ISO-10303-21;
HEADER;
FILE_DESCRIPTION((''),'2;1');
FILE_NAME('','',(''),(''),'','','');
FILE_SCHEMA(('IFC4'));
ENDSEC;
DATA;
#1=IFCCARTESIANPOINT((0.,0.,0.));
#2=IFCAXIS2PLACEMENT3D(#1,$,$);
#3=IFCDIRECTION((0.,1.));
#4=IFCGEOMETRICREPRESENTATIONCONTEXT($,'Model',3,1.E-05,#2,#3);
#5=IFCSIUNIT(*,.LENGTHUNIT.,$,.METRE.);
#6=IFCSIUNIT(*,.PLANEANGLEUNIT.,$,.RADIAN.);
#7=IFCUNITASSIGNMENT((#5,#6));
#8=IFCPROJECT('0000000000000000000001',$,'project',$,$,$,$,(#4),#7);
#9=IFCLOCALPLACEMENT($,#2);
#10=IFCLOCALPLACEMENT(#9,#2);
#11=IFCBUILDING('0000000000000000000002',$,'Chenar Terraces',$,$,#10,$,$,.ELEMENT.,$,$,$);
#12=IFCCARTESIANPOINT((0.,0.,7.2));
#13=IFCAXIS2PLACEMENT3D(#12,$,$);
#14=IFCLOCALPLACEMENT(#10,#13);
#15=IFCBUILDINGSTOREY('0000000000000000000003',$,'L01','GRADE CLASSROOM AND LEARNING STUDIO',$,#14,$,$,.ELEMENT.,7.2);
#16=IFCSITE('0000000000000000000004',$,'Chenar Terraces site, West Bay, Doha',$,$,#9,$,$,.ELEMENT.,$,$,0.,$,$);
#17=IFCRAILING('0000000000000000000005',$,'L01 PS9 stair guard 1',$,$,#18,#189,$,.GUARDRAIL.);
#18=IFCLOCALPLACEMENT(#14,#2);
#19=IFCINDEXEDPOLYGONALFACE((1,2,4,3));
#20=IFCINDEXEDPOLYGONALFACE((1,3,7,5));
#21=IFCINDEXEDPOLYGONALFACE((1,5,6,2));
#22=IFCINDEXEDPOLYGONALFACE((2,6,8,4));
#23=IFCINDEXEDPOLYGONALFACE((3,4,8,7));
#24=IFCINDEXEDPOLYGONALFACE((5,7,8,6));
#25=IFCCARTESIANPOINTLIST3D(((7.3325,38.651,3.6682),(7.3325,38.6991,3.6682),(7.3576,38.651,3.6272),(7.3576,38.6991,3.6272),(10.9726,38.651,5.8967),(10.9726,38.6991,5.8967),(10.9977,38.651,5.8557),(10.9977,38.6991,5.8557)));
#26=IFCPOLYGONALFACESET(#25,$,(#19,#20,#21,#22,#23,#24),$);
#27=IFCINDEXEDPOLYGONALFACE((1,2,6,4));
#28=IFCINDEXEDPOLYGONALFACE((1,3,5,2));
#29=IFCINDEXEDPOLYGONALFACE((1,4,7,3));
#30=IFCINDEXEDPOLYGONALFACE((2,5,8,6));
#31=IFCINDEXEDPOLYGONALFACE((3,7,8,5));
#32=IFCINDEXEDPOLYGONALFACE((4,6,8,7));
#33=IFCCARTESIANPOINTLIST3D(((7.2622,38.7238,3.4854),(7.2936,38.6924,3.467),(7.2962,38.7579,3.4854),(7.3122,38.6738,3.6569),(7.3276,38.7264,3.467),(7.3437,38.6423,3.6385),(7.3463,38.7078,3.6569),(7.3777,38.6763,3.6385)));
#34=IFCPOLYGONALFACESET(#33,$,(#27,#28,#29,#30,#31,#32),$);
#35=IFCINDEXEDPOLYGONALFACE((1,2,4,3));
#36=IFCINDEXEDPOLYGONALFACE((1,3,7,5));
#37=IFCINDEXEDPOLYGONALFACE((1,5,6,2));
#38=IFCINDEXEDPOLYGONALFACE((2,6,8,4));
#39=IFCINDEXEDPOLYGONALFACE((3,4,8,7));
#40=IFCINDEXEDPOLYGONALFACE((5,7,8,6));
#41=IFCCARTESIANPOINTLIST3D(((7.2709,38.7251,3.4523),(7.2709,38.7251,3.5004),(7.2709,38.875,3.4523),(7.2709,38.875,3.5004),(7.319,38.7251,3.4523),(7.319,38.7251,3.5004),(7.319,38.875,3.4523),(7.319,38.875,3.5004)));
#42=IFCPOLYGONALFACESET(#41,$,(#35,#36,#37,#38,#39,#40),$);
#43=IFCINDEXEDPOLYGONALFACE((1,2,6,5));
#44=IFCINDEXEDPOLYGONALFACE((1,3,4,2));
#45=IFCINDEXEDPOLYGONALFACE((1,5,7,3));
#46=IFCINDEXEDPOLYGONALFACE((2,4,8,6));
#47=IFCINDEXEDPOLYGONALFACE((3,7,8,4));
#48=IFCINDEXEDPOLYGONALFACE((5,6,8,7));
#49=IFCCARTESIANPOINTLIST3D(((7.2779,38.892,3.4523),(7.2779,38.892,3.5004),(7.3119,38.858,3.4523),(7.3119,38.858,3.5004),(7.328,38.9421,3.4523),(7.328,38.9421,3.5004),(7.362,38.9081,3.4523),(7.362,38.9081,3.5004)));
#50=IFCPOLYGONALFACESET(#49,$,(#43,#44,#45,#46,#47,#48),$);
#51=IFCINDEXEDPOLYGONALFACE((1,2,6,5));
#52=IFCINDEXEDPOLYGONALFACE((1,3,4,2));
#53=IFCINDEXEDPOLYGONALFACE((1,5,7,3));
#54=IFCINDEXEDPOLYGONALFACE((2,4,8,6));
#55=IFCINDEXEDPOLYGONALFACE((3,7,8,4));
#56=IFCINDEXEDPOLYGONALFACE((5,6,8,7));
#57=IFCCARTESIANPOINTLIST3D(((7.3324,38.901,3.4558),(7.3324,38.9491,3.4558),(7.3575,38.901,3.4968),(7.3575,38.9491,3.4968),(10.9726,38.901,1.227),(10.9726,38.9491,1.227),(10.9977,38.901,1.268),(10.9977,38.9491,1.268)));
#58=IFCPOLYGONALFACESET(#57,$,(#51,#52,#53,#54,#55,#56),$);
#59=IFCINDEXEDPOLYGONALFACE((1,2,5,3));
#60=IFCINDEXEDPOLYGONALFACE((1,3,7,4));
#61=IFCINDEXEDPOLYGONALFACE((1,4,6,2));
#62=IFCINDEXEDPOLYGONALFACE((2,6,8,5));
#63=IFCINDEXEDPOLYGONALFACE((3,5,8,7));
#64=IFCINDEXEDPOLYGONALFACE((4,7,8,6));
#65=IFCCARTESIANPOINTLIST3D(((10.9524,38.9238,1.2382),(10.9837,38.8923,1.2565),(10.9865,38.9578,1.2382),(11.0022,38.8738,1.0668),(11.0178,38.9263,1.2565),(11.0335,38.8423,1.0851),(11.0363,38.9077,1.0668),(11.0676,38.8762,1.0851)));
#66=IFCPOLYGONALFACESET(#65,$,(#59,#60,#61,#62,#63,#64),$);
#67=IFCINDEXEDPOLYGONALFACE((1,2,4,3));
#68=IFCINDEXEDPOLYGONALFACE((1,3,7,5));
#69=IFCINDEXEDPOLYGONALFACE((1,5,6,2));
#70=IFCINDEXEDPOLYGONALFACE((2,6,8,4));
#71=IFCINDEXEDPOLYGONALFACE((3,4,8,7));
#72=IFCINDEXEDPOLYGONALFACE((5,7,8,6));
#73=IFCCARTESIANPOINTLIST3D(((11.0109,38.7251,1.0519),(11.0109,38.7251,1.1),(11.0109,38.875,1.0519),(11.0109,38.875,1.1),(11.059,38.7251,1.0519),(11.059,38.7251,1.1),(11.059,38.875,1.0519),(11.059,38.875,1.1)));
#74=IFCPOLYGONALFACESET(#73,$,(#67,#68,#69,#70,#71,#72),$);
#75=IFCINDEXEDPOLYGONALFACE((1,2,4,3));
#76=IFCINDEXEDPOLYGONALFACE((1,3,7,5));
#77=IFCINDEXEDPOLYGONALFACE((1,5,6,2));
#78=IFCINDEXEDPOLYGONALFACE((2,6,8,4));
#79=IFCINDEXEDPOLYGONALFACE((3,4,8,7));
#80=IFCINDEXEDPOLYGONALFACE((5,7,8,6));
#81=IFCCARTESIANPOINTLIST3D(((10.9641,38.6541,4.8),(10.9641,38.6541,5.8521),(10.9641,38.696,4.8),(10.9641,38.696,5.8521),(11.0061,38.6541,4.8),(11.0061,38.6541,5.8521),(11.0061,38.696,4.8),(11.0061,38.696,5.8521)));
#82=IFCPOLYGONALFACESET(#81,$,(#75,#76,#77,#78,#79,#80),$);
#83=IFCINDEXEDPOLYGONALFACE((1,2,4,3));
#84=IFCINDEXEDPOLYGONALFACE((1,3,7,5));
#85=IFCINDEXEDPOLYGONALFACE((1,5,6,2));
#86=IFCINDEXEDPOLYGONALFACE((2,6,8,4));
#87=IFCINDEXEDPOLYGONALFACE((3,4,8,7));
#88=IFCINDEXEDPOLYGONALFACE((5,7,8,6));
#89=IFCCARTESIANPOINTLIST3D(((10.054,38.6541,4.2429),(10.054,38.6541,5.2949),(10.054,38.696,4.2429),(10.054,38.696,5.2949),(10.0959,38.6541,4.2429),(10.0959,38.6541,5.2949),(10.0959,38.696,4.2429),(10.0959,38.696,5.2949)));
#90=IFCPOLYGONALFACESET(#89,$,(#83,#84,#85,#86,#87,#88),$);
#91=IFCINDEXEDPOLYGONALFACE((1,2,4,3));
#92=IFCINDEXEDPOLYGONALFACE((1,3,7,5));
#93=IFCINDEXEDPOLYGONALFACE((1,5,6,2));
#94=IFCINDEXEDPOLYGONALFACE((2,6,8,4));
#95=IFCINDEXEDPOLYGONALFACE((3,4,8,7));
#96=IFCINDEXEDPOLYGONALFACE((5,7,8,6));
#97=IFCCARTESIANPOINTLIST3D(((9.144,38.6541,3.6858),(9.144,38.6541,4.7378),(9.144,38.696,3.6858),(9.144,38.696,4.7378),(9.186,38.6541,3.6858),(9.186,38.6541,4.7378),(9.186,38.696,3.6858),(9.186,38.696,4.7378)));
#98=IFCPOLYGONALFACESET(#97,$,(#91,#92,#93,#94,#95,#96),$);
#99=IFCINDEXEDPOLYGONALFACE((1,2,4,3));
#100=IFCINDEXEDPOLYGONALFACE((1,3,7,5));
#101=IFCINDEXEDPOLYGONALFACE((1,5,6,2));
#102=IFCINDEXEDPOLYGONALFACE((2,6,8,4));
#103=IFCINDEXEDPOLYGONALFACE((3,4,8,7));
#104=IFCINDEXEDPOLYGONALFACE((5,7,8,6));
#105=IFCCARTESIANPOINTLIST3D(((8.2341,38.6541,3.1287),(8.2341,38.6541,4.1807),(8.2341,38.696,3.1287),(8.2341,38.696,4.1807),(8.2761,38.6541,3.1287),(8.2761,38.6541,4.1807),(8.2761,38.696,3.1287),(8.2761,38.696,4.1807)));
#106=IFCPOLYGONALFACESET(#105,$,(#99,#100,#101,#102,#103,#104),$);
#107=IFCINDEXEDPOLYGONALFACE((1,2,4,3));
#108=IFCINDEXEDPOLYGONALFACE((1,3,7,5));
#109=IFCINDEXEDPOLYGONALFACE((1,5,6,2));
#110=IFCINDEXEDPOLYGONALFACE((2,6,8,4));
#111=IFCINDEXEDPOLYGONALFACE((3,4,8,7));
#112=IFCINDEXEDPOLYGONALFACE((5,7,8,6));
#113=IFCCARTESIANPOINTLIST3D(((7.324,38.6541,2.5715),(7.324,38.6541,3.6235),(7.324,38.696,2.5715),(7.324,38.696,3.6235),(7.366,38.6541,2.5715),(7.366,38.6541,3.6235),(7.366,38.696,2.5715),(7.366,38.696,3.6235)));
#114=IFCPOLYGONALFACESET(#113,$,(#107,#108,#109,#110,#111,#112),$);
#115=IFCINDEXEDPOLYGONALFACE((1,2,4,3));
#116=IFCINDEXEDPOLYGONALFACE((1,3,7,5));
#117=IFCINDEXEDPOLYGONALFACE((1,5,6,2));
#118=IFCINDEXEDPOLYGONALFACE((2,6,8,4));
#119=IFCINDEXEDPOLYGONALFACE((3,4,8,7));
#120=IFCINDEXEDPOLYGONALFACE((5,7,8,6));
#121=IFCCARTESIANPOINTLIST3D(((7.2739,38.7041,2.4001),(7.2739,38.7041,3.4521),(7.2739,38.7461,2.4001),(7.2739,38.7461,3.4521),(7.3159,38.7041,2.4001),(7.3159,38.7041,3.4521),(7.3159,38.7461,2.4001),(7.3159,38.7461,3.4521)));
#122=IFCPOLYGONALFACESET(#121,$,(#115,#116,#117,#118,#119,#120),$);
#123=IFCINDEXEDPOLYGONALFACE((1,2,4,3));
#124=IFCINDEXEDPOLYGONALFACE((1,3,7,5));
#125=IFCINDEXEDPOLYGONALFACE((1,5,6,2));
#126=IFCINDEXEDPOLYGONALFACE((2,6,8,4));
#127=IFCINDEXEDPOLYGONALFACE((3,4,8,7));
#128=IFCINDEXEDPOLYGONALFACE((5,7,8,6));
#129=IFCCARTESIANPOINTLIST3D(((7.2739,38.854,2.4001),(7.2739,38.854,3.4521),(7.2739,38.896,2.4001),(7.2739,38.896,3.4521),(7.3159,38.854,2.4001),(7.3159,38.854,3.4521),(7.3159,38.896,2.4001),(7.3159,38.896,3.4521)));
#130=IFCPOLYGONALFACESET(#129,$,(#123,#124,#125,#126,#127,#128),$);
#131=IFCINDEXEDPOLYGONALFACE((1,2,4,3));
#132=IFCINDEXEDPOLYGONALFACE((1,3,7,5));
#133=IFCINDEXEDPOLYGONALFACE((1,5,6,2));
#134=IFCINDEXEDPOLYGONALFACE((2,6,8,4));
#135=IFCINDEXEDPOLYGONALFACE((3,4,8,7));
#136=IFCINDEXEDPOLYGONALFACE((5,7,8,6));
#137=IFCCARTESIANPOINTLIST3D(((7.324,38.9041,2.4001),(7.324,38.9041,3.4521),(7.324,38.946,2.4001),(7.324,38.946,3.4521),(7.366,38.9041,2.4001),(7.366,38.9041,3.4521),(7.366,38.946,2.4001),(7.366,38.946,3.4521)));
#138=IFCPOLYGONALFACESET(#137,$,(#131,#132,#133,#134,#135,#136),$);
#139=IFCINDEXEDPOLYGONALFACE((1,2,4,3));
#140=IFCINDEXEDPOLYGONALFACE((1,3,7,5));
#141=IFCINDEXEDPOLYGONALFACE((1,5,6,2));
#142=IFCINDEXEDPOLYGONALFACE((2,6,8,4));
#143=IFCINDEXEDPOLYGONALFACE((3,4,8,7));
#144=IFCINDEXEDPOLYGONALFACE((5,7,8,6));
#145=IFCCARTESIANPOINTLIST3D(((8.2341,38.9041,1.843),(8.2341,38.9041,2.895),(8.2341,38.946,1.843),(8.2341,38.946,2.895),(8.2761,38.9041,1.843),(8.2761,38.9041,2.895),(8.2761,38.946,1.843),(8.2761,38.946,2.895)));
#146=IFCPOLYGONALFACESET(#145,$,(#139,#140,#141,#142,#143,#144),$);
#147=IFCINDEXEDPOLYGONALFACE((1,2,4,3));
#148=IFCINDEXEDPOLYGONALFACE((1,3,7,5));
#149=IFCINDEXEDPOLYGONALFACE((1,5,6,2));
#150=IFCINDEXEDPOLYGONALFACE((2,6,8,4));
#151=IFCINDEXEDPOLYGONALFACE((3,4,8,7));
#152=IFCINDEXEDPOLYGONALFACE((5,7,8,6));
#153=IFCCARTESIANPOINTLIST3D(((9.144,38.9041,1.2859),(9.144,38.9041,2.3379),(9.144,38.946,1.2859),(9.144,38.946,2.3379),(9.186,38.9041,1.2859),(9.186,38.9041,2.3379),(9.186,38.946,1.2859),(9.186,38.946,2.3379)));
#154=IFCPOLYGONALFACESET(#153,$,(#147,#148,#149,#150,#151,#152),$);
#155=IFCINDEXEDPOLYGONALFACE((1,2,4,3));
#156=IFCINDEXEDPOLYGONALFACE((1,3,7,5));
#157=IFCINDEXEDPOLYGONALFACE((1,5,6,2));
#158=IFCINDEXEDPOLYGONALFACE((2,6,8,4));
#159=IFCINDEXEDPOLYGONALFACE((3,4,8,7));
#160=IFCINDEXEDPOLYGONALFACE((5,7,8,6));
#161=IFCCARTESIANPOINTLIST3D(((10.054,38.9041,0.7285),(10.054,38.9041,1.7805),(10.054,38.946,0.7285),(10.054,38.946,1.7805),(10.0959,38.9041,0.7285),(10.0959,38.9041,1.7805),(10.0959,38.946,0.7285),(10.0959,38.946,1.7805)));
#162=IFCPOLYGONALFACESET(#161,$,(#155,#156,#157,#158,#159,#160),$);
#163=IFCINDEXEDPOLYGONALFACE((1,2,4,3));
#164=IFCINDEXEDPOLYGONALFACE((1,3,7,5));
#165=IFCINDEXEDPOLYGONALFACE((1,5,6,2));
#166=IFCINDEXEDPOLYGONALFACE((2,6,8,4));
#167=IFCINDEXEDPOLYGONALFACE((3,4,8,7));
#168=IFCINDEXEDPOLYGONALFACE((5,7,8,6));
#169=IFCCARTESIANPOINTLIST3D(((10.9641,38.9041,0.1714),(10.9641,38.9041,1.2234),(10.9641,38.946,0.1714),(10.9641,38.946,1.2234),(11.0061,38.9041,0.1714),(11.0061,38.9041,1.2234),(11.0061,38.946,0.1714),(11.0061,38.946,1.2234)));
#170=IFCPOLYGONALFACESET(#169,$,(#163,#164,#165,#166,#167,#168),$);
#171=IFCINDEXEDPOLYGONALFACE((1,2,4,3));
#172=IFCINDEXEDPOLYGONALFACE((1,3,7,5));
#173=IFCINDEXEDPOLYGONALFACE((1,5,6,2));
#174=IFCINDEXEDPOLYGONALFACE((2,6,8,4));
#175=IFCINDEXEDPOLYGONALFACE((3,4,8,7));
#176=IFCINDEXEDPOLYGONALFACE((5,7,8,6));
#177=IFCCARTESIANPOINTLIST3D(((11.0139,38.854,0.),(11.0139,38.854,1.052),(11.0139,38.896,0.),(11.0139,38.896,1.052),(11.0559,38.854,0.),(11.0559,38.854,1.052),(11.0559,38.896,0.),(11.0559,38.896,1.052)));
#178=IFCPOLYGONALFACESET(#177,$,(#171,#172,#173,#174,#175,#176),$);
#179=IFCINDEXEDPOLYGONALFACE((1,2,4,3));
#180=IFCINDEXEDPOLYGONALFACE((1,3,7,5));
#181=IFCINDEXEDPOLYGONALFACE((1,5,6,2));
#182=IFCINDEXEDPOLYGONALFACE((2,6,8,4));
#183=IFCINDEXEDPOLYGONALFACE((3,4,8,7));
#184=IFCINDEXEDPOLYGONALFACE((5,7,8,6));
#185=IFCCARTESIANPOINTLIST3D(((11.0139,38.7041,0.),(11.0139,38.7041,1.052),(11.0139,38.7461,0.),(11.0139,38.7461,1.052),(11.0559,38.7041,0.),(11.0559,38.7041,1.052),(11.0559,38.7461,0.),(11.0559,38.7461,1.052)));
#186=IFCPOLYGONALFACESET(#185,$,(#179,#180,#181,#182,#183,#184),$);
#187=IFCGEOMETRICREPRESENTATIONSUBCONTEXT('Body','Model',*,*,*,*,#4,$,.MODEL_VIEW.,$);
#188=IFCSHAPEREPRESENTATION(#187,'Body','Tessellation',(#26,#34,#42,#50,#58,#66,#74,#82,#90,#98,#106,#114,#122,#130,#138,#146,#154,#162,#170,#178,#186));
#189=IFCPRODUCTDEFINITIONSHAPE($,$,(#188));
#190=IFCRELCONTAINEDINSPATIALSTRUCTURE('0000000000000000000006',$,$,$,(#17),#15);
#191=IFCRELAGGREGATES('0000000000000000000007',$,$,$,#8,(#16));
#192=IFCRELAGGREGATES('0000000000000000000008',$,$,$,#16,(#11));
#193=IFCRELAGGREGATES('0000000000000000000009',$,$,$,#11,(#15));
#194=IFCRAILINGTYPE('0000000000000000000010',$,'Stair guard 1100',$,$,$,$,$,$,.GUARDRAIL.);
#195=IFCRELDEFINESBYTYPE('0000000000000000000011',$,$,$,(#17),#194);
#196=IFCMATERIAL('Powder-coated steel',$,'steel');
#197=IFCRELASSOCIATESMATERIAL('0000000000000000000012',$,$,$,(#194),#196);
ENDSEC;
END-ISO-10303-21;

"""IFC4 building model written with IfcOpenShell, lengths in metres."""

from ifc_helpers import new_model, si_unit, direction, frame, origin, origin_2d, place, context, subcontext, project, spatial, rectangle, extrude, material, type_object, element, save


model = new_model("IFC4")

# Units and contexts
model_context = context("Model", 3, precision=1e-05, world=origin(), true_north=direction((0.0, 1.0)))
body_context = subcontext(model_context, "Body", "Model", "MODEL_VIEW")
ifc_project = project(units=[si_unit("LENGTHUNIT", "METRE"), si_unit("PLANEANGLEUNIT", "RADIAN")], contexts=[model_context])

# Site, building, storey
site_placement = place(None, origin())
site = spatial("IfcSite", under=ifc_project, at=site_placement, Name="Chenar Terraces site, West Bay, Doha", CompositionType="ELEMENT", RefElevation=0.0)
building_placement = place(site_placement, origin())
building = spatial("IfcBuilding", under=site, at=building_placement, Name="Chenar Terraces", CompositionType="ELEMENT")
storey_placement = place(building_placement, frame((0.0, 0.0, 7.2)))
storey = spatial("IfcBuildingStorey", under=building, at=storey_placement, Name="L01", Description="GRADE CLASSROOM AND LEARNING STUDIO", CompositionType="ELEMENT", Elevation=7.2)

# Railing
ifc_material_1 = material(Name="Powder-coated steel", Category="steel")
railing_type_1 = type_object("IfcRailingType", Name="Stair guard 1100", PredefinedType="GUARDRAIL", material=ifc_material_1)
railing_1_placement = place(storey_placement, frame((10.9851, 38.675, 4.8)))
element("IfcRailing", 1, at=railing_1_placement, inside=storey, type_object=railing_type_1, Name="L01 PS9 stair guard 1", PredefinedType="GUARDRAIL", context=body_context, shape_type="SweptSolid", body=[
    extrude(rectangle(XDim=0.0481, YDim=0.0481, at=origin_2d()), frame((0.0, 0.0, 1.0762), z_axis=(-0.852866, 0.0, -0.52213), x_axis=(0.0, -1.0, 0.0)), (0.0, 0.0, 1.0), 4.2681),
    extrude(rectangle(XDim=0.0481, YDim=0.0481, at=origin_2d()), frame((-3.6401, 0.0, -1.1523), z_axis=(-0.269911, 0.269911, -0.924281), x_axis=(-0.707107, -0.707107, 0.0)), (0.0, 0.0, 1.0), 0.1855),
    extrude(rectangle(XDim=0.0481, YDim=0.0481, at=origin_2d()), frame((-3.6902, 0.05, -1.3237), z_axis=(0.0, 1.0, 0.0), x_axis=(-1.0, 0.0, 0.0)), (0.0, 0.0, 1.0), 0.1499),
    extrude(rectangle(XDim=0.0481, YDim=0.0481, at=origin_2d()), frame((-3.6902, 0.2, -1.3237), z_axis=(0.707107, 0.707107, 0.0), x_axis=(-0.707107, 0.707107, 0.0)), (0.0, 0.0, 1.0), 0.0708),
    extrude(rectangle(XDim=0.0481, YDim=0.0481, at=origin_2d()), frame((-3.6401, 0.25, -1.3237), z_axis=(0.85284, 0.0, -0.522172), x_axis=(0.0, 1.0, 0.0)), (0.0, 0.0, 1.0), 4.2683),
    extrude(rectangle(XDim=0.0481, YDim=0.0481, at=origin_2d()), frame((0.0, 0.25, -3.5527), z_axis=(0.26869, -0.270007, -0.924609), x_axis=(0.708834, 0.705376, 0.0)), (0.0, 0.0, 1.0), 0.1853),
    extrude(rectangle(XDim=0.0481, YDim=0.0481, at=origin_2d()), frame((0.0498, 0.2, -3.7241), z_axis=(0.0, -1.0, 0.0), x_axis=(1.0, 0.0, 0.0)), (0.0, 0.0, 1.0), 0.1499),
    extrude(rectangle(XDim=0.042, YDim=0.042, at=origin_2d()), origin(), (0.0, 0.0, 1.0), 1.052),
    extrude(rectangle(XDim=0.042, YDim=0.042, at=origin_2d()), frame((-0.9102, 0.0, -0.5571)), (0.0, 0.0, 1.0), 1.052),
    extrude(rectangle(XDim=0.042, YDim=0.042, at=origin_2d()), frame((-1.8201, 0.0, -1.1143)), (0.0, 0.0, 1.0), 1.052),
    extrude(rectangle(XDim=0.042, YDim=0.042, at=origin_2d()), frame((-2.73, 0.0, -1.6714)), (0.0, 0.0, 1.0), 1.052),
    extrude(rectangle(XDim=0.042, YDim=0.042, at=origin_2d()), frame((-3.6401, 0.0, -2.2285)), (0.0, 0.0, 1.0), 1.052),
    extrude(rectangle(XDim=0.042, YDim=0.042, at=origin_2d()), frame((-3.6902, 0.05, -2.3999)), (0.0, 0.0, 1.0), 1.052),
    extrude(rectangle(XDim=0.042, YDim=0.042, at=origin_2d()), frame((-3.6902, 0.2, -2.3999)), (0.0, 0.0, 1.0), 1.052),
    extrude(rectangle(XDim=0.042, YDim=0.042, at=origin_2d()), frame((-3.6401, 0.25, -2.3999)), (0.0, 0.0, 1.0), 1.052),
    extrude(rectangle(XDim=0.042, YDim=0.042, at=origin_2d()), frame((-2.73, 0.25, -2.957)), (0.0, 0.0, 1.0), 1.052),
    extrude(rectangle(XDim=0.042, YDim=0.042, at=origin_2d()), frame((-1.8201, 0.25, -3.5142)), (0.0, 0.0, 1.0), 1.052),
    extrude(rectangle(XDim=0.042, YDim=0.042, at=origin_2d()), frame((-0.9102, 0.25, -4.0715)), (0.0, 0.0, 1.0), 1.052),
    extrude(rectangle(XDim=0.042, YDim=0.042, at=origin_2d()), frame((0.0, 0.25, -4.6287)), (0.0, 0.0, 1.0), 1.052),
    extrude(rectangle(XDim=0.042, YDim=0.042, at=origin_2d()), frame((0.0498, 0.2, -4.8)), (0.0, 0.0, 1.0), 1.052),
    extrude(rectangle(XDim=0.042, YDim=0.042, at=origin_2d()), frame((0.0498, 0.05, -4.8)), (0.0, 0.0, 1.0), 1.052),
])

save(model, "model.ifc")
